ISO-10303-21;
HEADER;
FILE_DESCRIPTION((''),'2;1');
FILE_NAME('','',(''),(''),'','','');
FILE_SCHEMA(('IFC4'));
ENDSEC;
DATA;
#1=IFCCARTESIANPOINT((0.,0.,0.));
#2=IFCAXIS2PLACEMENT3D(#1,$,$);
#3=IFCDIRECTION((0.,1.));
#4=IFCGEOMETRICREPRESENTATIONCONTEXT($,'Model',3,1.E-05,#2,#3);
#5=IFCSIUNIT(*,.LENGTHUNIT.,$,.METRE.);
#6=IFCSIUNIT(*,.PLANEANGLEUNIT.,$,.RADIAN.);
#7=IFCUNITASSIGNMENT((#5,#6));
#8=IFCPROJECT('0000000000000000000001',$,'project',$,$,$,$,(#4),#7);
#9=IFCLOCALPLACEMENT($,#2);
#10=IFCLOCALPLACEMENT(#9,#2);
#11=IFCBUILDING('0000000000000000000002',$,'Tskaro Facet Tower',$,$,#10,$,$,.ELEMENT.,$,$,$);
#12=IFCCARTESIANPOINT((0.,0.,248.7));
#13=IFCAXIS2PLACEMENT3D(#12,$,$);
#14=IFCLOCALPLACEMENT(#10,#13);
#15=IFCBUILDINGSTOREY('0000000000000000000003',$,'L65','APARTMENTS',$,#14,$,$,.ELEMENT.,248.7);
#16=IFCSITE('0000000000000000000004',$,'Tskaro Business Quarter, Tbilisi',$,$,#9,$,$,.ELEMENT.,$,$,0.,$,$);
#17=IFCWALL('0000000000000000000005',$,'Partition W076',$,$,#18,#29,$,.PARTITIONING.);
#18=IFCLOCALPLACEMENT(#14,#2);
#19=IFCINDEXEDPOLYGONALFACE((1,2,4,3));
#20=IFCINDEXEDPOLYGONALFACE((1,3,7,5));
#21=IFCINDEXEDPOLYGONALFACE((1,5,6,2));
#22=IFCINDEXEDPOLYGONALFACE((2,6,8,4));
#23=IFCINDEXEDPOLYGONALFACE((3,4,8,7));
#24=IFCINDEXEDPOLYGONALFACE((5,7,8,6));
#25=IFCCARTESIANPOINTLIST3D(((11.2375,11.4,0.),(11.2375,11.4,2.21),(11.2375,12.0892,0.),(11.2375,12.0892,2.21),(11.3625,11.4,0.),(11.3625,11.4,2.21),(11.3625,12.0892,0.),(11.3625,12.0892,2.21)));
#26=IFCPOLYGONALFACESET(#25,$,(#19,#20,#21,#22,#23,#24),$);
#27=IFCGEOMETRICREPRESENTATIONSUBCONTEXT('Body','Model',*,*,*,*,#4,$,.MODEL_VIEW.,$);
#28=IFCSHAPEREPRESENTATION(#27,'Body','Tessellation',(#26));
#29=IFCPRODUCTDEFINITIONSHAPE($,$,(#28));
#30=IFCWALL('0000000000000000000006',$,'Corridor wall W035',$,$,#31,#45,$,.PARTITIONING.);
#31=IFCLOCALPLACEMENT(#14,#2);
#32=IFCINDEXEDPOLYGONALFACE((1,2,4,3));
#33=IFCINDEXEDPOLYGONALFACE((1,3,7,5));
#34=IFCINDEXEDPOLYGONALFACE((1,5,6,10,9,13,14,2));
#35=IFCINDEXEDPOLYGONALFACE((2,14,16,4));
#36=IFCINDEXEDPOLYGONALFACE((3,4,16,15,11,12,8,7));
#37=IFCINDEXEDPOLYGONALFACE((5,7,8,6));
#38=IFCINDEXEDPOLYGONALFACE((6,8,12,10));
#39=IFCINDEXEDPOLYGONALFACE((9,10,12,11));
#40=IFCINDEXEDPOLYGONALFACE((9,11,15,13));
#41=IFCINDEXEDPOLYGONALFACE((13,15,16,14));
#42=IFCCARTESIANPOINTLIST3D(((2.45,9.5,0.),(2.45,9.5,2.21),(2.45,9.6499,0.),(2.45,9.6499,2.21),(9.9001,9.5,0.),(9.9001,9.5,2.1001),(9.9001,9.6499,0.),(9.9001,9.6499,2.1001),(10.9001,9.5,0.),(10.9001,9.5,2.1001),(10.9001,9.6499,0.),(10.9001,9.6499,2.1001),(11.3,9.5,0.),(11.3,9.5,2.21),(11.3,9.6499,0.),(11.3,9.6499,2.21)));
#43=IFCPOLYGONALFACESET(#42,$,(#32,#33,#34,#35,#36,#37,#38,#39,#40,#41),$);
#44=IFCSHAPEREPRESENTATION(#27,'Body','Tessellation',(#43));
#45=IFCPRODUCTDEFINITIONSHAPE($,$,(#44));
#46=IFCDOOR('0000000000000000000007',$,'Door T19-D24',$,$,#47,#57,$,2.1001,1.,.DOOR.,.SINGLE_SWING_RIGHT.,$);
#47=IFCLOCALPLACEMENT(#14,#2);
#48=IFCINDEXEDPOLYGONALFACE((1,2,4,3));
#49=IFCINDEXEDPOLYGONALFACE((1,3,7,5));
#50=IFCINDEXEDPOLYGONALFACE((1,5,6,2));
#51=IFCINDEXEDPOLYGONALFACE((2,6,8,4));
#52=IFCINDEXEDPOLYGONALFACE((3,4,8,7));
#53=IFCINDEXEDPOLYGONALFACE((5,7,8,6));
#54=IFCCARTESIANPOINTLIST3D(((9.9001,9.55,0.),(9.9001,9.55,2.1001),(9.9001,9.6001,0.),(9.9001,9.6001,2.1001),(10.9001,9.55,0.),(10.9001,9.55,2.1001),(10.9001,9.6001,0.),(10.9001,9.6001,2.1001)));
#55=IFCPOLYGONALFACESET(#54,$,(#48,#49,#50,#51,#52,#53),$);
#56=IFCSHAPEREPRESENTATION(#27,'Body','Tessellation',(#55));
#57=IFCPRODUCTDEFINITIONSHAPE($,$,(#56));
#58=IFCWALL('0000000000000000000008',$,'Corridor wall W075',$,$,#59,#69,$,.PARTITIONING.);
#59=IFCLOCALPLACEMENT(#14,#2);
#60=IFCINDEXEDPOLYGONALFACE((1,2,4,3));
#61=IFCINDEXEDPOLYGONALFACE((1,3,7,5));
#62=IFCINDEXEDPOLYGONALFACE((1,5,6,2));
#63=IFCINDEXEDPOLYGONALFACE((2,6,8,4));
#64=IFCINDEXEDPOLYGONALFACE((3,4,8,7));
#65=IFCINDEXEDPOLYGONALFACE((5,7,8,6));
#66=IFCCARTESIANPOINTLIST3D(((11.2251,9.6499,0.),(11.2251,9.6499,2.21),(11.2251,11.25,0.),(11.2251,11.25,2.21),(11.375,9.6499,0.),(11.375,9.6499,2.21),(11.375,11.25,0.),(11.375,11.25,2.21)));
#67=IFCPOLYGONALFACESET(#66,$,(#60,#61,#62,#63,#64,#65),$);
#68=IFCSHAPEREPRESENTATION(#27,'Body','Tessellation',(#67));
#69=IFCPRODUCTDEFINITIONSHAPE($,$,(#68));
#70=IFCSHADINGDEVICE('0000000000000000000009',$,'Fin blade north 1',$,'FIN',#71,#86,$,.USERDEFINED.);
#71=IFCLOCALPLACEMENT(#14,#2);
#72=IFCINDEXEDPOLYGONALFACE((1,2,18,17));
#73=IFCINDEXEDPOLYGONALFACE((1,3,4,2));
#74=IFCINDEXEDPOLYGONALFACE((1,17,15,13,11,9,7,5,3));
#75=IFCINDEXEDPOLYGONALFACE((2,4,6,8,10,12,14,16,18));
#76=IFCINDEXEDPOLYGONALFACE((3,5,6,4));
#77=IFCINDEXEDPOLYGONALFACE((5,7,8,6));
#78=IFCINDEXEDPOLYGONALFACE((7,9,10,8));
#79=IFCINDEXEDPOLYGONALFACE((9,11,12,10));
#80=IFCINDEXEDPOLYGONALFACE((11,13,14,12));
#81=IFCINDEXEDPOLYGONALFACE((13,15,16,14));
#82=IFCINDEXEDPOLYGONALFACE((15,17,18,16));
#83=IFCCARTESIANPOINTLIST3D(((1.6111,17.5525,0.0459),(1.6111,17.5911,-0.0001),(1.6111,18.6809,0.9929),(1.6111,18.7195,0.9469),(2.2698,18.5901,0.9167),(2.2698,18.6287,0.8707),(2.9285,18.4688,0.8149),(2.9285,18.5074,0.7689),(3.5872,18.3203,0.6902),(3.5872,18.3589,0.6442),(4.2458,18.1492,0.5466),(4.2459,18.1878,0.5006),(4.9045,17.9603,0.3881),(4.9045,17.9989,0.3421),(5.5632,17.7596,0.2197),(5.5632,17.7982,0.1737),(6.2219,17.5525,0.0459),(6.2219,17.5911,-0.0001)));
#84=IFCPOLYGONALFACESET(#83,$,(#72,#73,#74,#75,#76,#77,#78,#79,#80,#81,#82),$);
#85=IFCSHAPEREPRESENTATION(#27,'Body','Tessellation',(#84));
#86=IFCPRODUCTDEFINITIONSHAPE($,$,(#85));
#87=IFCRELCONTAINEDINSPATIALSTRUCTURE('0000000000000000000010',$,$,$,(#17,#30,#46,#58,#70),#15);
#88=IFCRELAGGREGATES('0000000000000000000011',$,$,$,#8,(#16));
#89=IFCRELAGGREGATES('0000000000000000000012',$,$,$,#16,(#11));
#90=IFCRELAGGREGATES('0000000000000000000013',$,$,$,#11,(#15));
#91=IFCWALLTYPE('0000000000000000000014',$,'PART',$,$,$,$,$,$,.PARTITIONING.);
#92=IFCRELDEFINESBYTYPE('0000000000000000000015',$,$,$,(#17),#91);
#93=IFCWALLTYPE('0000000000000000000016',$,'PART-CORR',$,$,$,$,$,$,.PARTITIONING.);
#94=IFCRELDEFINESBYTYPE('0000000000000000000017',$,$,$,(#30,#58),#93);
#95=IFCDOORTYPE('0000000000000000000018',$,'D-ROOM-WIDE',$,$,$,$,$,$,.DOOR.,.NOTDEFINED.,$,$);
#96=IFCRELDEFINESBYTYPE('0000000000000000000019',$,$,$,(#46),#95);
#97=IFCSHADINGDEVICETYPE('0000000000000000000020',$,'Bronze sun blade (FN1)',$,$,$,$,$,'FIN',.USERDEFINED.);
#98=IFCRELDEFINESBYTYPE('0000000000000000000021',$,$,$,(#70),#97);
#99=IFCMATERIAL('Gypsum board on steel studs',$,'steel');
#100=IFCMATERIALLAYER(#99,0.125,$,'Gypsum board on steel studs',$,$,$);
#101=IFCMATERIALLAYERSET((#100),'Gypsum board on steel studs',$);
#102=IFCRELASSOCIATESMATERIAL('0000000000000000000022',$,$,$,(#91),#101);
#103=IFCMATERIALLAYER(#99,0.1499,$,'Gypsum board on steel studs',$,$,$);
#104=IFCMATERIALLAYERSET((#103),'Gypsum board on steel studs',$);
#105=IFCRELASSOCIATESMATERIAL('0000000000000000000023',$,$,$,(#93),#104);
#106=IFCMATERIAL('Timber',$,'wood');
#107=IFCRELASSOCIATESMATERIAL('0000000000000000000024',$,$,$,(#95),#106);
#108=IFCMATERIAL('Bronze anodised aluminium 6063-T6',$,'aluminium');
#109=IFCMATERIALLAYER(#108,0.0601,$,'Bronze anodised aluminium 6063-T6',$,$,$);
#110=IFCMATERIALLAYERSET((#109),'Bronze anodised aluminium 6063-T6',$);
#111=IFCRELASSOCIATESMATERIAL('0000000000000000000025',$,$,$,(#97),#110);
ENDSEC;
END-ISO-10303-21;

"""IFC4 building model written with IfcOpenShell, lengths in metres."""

from ifc_helpers import new_model, si_unit, direction, frame, frame_2d, origin, place, context, subcontext, project, spatial, polyline, rectangle, outline, extrude, material, layer, layer_set, type_object, element, fill, save


model = new_model("IFC4")

# Units and contexts
model_context = context("Model", 3, precision=1e-05, world=origin(), true_north=direction((0.0, 1.0)))
body_context = subcontext(model_context, "Body", "Model", "MODEL_VIEW")
ifc_project = project(units=[si_unit("LENGTHUNIT", "METRE"), si_unit("PLANEANGLEUNIT", "RADIAN")], contexts=[model_context])

# Site, building, storey
site_placement = place(None, origin())
site = spatial("IfcSite", under=ifc_project, at=site_placement, Name="Tskaro Business Quarter, Tbilisi", CompositionType="ELEMENT", RefElevation=0.0)
building_placement = place(site_placement, origin())
building = spatial("IfcBuilding", under=site, at=building_placement, Name="Tskaro Facet Tower", CompositionType="ELEMENT")
storey_placement = place(building_placement, frame((0.0, 0.0, 248.7)))
storey = spatial("IfcBuildingStorey", under=building, at=storey_placement, Name="L65", Description="APARTMENTS", CompositionType="ELEMENT", Elevation=248.7)

# Shared definitions
ifc_material_1 = material(Name="Bronze anodised aluminium 6063-T6", Category="aluminium")

# Shared definitions
ifc_material_2 = material(Name="Gypsum board on steel studs", Category="steel")
ifc_layer_1 = layer(ifc_material_2, 0.125, Name="Gypsum board on steel studs")
ifc_layer_set_1 = layer_set([ifc_layer_1], Name="Gypsum board on steel studs")
wall_type_1 = type_object("IfcWallType", Name="PART", PredefinedType="PARTITIONING", material=ifc_layer_set_1)
ifc_material_3 = material(Name="Timber", Category="wood")

# Wall
wall_1_placement = place(storey_placement, frame((11.3, 11.3999, 0.0), z_axis=(0.0, 0.0, 1.0), x_axis=(0.0, 1.0, 0.0)))
element("IfcWall", 1, at=wall_1_placement, inside=storey, type_object=wall_type_1, Name="Partition W076", PredefinedType="PARTITIONING", context=body_context, shape_type="SweptSolid", body=[
    extrude(rectangle(XDim=0.6892, YDim=0.125, at=frame_2d((0.3447, 0.0))), origin(), (0.0, 0.0, 1.0), 2.21),
])

# Wall, opening, door
ifc_layer_2 = layer(ifc_material_2, 0.1499, Name="Gypsum board on steel studs")
ifc_layer_set_2 = layer_set([ifc_layer_2], Name="Gypsum board on steel studs")
wall_type_2 = type_object("IfcWallType", Name="PART-CORR", PredefinedType="PARTITIONING", material=ifc_layer_set_2)
wall_2_placement = place(storey_placement, frame((11.3, 9.575, 0.0), z_axis=(0.0, 0.0, 1.0), x_axis=(-1.0, 0.0, 0.0)))
wall_2 = element("IfcWall", 2, at=wall_2_placement, inside=storey, type_object=wall_type_2, Name="Corridor wall W035", PredefinedType="PARTITIONING", context=body_context, shape_type="SweptSolid", body=[
    extrude(rectangle(XDim=8.8501, YDim=0.1499, at=frame_2d((4.425, 0.0))), origin(), (0.0, 0.0, 1.0), 2.21),
])
opening_1_placement = place(wall_2_placement, frame((0.3999, 0.0, 0.0)))
opening_1 = element("IfcOpeningElement", 3, at=opening_1_placement, cuts=wall_2, PredefinedType="OPENING", context=body_context, shape_type="SweptSolid", body=[
    extrude(rectangle(XDim=1.0, YDim=2.1001, at=frame_2d((0.5, 1.05))), frame((0.0, 0.085, 0.0), z_axis=(0.0, -1.0, 0.0), x_axis=(1.0, 0.0, 0.0)), (0.0, 0.0, 1.0), 0.1699),
])
door_type_1 = type_object("IfcDoorType", Name="D-ROOM-WIDE", OperationType="NOTDEFINED", PredefinedType="DOOR", material=ifc_material_3)
door_1_placement = place(opening_1_placement, origin())
door_1 = element("IfcDoor", 4, at=door_1_placement, inside=storey, type_object=door_type_1, Name="Door T19-D24", OperationType="SINGLE_SWING_RIGHT", OverallHeight=2.1001, OverallWidth=1.0, PredefinedType="DOOR", context=body_context, shape_type="SweptSolid", body=[
    extrude(rectangle(XDim=1.0, YDim=2.1001, at=frame_2d((0.5, 1.05))), frame((0.0, 0.0249, 0.0), z_axis=(0.0, -1.0, 0.0), x_axis=(1.0, 0.0, 0.0)), (0.0, 0.0, 1.0), 0.05),
])
fill(opening_1, door_1)

# Wall
wall_3_placement = place(storey_placement, frame((11.3, 9.6499, 0.0), z_axis=(0.0, 0.0, 1.0), x_axis=(0.0, 1.0, 0.0)))
element("IfcWall", 5, at=wall_3_placement, inside=storey, type_object=wall_type_2, Name="Corridor wall W075", PredefinedType="PARTITIONING", context=body_context, shape_type="SweptSolid", body=[
    extrude(rectangle(XDim=1.6001, YDim=0.1499, at=frame_2d((0.8, 0.0))), origin(), (0.0, 0.0, 1.0), 2.21),
])

# Shading device
ifc_layer_3 = layer(ifc_material_1, 0.0601, Name="Bronze anodised aluminium 6063-T6")
ifc_layer_set_3 = layer_set([ifc_layer_3], Name="Bronze anodised aluminium 6063-T6")
shading_device_type = type_object("IfcShadingDeviceType", Name="Bronze sun blade (FN1)", ElementType="FIN", PredefinedType="USERDEFINED", material=ifc_layer_set_3)
shading_device_placement = place(storey_placement, frame((6.2219, 17.5525, 0.0459), z_axis=(-0.000008, -0.642872, 0.765974), x_axis=(-1.0, 0.000005, -0.000006)))
element("IfcShadingDevice", 6, at=shading_device_placement, inside=storey, type_object=shading_device_type, Name="Fin blade north 1", ObjectType="FIN", PredefinedType="USERDEFINED", context=body_context, shape_type="SweptSolid", body=[
    extrude(outline(polyline([(0.0, 0.0), (4.6108, 0.0), (4.6108, -1.4732), (3.9521, -1.3546), (3.2935, -1.1962), (2.6348, -1.0023), (1.9761, -0.7789), (1.3174, -0.5323), (0.6587, -0.2703), (0.0, 0.0)])), origin(), (0.0, 0.0, -1.0), 0.0601),
])

save(model, "model.ifc")
